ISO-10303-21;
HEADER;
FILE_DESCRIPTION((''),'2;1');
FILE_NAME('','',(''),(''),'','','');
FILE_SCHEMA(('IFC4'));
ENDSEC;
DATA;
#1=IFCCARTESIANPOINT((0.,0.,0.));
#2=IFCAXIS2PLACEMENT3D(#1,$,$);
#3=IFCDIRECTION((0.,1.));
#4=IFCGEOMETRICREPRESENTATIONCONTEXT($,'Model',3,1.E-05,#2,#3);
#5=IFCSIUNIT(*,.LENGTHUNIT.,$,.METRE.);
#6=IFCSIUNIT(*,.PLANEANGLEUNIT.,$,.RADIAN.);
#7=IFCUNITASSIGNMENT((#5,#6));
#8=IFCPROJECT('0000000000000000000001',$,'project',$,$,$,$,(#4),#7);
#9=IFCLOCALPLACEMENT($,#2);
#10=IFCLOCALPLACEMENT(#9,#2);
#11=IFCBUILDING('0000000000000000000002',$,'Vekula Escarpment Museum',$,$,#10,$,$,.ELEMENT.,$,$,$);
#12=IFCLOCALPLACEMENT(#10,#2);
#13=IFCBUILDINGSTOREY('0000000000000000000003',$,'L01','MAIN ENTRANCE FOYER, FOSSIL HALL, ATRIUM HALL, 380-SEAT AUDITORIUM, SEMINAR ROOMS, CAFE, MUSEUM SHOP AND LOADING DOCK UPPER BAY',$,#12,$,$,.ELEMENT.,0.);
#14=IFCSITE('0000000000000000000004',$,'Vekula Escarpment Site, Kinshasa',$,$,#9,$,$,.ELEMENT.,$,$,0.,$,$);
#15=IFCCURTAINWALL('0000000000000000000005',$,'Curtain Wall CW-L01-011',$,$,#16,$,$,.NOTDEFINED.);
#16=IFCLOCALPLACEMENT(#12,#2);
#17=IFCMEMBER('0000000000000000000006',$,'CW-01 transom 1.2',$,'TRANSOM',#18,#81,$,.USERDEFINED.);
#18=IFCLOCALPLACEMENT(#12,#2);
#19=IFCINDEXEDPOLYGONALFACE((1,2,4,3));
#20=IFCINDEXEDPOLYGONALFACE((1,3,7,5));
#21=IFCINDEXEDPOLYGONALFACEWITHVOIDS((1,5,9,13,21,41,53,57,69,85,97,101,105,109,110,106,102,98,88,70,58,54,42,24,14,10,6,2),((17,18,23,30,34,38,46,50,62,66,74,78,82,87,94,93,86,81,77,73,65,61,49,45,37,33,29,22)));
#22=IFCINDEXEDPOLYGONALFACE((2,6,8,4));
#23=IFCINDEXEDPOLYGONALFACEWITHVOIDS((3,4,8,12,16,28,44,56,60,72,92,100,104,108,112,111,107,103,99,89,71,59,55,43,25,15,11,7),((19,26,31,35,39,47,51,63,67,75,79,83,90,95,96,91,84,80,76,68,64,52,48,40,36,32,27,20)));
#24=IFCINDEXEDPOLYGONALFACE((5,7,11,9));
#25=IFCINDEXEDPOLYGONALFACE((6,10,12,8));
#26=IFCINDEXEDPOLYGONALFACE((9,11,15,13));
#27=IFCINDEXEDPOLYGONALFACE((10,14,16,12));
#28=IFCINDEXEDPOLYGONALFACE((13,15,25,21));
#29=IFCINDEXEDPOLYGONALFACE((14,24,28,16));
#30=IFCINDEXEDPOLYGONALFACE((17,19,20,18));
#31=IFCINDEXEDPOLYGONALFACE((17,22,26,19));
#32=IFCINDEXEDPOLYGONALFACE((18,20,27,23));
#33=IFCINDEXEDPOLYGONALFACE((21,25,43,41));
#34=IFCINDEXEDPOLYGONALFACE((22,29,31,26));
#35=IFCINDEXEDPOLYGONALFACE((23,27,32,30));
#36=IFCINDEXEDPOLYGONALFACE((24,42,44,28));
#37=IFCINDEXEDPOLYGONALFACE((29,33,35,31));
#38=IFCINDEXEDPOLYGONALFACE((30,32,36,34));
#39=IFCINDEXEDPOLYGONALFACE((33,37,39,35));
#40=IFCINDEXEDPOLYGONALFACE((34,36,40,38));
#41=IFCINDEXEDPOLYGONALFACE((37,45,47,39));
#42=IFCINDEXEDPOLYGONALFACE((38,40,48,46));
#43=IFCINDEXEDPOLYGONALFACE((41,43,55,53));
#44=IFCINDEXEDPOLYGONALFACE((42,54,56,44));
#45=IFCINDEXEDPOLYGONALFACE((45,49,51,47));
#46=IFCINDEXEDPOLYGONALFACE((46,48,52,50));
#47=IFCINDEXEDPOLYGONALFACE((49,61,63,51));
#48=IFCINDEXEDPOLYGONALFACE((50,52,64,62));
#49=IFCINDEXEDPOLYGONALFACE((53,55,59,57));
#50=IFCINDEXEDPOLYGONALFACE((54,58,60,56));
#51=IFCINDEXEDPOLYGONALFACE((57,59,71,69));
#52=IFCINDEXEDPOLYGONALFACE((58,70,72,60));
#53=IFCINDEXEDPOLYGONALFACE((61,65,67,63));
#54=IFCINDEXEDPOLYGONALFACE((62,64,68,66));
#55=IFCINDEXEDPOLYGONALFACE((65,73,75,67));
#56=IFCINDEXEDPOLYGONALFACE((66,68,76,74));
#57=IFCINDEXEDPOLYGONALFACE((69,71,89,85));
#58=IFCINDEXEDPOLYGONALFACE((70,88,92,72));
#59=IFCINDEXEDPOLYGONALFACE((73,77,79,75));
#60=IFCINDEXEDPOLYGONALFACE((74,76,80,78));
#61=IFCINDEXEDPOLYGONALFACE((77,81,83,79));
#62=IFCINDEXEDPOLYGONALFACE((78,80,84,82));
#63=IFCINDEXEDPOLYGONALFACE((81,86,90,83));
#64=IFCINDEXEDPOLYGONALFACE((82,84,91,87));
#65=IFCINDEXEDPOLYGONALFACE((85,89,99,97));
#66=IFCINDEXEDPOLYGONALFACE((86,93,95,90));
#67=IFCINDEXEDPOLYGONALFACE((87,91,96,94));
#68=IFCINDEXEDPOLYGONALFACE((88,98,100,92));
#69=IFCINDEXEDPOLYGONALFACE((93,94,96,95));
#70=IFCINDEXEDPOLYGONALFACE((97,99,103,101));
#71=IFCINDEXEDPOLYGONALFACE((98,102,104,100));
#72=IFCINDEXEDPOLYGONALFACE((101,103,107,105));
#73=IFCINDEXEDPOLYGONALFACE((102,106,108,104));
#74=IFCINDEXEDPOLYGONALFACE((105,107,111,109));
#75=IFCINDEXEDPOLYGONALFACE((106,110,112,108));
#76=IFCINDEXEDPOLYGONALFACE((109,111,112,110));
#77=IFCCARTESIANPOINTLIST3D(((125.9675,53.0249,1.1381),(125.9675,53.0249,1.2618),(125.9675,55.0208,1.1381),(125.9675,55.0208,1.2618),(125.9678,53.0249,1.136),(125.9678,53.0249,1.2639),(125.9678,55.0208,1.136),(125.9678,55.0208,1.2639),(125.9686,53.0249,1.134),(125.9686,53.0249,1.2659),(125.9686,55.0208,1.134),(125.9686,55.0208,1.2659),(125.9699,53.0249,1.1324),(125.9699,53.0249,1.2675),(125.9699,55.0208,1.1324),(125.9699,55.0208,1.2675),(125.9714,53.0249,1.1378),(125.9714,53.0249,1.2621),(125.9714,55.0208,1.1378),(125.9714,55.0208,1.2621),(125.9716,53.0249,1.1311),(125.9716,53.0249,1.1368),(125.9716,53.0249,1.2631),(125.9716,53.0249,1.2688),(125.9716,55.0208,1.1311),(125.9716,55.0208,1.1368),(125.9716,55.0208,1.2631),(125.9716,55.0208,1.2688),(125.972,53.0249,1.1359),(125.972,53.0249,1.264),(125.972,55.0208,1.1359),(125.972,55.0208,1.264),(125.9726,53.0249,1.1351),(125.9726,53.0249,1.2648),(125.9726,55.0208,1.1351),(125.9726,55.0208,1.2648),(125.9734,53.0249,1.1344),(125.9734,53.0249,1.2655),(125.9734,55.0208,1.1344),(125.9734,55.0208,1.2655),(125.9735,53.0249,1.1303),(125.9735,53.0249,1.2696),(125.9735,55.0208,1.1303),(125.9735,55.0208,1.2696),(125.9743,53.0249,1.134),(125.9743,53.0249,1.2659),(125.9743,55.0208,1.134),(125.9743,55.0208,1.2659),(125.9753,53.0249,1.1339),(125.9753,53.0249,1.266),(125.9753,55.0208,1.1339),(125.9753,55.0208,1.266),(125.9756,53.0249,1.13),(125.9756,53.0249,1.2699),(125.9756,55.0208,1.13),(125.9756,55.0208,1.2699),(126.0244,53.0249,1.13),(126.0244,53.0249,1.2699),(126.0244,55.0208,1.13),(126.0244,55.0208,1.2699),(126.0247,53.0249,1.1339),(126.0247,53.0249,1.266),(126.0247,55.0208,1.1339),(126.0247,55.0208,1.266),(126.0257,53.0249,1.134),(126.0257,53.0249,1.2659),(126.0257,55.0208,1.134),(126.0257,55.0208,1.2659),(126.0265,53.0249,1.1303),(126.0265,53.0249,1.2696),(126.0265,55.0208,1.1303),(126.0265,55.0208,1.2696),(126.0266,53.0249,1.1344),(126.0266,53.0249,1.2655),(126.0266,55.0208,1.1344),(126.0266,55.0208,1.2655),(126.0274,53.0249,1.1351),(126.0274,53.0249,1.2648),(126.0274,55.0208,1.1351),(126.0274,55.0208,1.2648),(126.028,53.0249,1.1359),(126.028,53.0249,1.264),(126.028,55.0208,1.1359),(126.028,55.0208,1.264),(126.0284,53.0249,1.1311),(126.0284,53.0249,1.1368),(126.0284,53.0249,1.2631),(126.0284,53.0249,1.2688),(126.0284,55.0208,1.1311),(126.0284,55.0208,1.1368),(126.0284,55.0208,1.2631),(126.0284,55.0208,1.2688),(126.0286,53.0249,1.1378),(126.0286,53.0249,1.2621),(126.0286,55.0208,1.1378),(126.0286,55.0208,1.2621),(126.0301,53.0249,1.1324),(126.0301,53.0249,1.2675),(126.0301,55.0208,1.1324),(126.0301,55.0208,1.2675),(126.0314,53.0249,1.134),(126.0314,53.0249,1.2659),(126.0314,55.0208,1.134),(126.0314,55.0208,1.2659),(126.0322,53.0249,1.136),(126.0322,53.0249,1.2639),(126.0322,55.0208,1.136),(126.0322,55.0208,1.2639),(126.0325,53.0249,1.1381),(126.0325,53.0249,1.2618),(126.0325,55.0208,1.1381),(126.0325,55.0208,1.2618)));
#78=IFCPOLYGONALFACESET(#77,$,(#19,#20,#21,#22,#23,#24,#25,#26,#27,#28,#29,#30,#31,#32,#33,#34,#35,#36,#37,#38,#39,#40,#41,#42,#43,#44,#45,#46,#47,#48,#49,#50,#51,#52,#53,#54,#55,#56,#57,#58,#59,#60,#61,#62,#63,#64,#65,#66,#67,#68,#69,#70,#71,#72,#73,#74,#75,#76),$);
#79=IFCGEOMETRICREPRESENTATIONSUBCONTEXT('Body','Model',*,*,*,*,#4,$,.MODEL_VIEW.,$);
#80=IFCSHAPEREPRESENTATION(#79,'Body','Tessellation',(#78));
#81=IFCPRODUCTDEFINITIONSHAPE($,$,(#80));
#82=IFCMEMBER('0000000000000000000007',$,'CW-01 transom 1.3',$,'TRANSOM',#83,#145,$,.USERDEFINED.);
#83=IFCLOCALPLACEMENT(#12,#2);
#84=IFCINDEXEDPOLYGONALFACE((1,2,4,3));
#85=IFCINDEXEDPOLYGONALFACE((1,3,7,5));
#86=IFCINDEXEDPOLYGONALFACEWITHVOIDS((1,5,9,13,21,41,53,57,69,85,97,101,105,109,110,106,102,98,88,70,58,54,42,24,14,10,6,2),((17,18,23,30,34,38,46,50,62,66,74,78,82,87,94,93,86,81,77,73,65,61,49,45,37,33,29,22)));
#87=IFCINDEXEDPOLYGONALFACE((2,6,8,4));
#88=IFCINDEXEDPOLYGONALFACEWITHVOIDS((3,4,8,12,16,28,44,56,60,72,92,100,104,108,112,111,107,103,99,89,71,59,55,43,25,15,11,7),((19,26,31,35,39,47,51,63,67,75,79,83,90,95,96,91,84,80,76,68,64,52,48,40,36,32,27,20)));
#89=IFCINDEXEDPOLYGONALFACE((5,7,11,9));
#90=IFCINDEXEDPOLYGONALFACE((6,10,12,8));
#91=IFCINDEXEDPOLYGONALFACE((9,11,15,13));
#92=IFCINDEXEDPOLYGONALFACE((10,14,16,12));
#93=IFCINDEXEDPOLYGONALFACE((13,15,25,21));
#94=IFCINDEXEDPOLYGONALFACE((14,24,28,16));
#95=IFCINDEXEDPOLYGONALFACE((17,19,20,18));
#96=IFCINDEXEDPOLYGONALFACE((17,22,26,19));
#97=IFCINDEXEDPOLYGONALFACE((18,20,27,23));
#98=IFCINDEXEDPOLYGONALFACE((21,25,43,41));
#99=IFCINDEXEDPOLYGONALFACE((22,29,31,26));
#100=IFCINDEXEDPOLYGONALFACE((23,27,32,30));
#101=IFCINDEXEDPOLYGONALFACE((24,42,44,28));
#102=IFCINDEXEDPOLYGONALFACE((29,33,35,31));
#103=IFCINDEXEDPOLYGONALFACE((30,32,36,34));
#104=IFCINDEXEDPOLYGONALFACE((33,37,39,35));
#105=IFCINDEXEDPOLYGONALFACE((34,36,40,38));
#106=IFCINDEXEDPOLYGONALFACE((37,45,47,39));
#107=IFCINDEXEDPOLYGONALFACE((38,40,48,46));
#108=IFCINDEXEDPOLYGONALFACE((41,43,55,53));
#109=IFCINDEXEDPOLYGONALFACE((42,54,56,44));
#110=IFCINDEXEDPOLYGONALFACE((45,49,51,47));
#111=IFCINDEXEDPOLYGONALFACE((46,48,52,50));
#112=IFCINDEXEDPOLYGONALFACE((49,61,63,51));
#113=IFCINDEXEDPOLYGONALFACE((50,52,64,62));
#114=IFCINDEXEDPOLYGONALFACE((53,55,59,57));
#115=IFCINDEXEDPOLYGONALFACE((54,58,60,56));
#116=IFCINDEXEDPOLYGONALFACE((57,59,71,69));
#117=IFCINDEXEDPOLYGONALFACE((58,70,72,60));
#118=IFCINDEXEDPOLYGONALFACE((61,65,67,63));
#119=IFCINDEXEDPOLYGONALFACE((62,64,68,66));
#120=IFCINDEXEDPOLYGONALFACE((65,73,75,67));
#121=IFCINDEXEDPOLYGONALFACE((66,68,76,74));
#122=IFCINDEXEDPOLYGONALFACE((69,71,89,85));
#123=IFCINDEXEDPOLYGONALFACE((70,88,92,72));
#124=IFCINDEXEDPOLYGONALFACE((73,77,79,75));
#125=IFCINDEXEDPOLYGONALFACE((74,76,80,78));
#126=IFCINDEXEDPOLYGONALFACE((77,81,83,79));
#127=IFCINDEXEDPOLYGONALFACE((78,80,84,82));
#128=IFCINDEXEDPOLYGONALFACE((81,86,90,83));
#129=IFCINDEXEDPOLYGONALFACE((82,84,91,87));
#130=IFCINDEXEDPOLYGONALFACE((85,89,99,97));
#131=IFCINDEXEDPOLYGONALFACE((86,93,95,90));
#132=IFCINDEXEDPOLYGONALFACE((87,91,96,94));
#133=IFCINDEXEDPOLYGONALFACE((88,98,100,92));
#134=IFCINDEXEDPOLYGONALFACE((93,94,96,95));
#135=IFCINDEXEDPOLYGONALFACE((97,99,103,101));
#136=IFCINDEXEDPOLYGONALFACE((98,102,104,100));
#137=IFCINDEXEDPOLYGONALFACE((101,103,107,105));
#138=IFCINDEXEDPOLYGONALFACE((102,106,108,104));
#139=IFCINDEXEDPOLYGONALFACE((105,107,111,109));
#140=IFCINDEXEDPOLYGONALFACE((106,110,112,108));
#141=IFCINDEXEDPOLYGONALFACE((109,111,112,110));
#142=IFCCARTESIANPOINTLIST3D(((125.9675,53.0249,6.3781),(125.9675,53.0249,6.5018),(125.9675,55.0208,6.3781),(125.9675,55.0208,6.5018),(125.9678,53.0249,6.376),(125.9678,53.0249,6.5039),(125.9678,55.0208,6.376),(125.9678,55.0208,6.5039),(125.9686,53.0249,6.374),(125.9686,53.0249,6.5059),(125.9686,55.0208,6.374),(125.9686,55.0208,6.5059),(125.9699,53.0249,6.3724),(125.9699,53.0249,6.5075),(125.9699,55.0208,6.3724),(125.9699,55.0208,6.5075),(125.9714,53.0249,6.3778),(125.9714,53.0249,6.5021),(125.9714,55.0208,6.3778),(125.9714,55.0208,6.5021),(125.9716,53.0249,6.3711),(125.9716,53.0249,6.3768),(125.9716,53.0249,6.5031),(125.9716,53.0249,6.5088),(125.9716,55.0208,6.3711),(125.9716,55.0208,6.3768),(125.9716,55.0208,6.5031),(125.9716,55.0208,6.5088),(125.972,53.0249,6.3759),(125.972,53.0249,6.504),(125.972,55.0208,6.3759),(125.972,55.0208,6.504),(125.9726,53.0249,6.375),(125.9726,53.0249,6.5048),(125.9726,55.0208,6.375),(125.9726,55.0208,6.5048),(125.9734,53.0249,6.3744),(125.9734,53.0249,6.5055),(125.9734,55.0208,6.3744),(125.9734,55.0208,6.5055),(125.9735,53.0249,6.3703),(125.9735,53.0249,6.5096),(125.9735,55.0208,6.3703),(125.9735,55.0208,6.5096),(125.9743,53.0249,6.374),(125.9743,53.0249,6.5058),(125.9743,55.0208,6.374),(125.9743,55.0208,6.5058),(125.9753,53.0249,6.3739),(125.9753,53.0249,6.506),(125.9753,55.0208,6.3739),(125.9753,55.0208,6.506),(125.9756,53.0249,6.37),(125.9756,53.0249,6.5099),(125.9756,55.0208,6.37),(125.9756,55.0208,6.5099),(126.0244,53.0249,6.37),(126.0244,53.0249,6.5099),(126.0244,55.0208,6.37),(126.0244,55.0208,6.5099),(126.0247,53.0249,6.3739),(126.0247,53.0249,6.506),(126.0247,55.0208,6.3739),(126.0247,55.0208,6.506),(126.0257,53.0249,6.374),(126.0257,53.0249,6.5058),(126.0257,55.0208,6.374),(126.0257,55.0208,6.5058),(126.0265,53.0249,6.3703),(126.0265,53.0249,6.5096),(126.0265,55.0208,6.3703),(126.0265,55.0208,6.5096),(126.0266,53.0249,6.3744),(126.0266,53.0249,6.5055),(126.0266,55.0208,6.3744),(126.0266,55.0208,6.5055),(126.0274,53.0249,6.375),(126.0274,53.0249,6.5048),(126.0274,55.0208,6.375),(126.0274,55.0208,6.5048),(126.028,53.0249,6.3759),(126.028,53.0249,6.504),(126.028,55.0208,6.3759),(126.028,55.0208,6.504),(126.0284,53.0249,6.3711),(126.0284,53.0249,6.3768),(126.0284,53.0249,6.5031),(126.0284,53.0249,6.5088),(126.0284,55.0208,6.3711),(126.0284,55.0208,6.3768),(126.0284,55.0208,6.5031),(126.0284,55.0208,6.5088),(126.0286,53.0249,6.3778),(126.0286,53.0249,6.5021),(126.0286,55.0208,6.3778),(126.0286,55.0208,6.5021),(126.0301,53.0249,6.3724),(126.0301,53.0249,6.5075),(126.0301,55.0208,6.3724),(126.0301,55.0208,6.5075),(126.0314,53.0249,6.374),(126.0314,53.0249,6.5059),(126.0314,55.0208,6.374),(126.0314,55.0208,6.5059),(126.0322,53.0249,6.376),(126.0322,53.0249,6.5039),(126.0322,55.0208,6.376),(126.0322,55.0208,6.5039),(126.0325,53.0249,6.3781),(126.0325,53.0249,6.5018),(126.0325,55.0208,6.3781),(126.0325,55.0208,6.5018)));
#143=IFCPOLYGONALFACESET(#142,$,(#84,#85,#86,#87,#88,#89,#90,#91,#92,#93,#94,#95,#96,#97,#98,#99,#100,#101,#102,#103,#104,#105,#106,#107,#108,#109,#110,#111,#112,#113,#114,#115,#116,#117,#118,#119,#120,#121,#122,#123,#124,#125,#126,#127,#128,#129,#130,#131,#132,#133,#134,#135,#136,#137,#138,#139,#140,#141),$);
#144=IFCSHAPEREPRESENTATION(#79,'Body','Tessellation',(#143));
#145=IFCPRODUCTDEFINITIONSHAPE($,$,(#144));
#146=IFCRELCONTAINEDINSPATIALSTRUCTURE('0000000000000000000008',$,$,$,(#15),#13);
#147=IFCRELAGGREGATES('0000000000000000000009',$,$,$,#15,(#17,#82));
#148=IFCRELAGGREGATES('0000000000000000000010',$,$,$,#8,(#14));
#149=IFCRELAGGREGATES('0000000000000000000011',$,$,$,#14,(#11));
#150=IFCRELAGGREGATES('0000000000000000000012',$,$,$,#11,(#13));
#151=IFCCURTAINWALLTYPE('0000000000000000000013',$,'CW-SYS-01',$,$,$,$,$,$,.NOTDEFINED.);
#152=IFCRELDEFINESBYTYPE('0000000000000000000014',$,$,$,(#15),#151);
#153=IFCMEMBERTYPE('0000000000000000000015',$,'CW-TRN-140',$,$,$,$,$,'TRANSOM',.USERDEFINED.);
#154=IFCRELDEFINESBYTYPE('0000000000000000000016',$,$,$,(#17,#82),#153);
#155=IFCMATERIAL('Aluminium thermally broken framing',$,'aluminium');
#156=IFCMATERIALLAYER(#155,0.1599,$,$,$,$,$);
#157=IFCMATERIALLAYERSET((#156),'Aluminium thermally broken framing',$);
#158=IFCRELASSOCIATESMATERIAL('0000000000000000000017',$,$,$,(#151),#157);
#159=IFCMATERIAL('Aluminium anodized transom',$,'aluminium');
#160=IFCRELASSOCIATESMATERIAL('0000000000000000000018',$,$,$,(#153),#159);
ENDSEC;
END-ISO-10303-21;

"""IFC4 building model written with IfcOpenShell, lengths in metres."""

from ifc_helpers import new_model, si_unit, direction, frame, origin, origin_2d, place, context, subcontext, project, spatial, hollow_rectangle, extrude, material, layer, layer_set, material_profile, profile_set, type_object, element, aggregate, save


model = new_model("IFC4")

# Units and contexts
model_context = context("Model", 3, precision=1e-05, world=origin(), true_north=direction((0.0, 1.0)))
body_context = subcontext(model_context, "Body", "Model", "MODEL_VIEW")
ifc_project = project(units=[si_unit("LENGTHUNIT", "METRE"), si_unit("PLANEANGLEUNIT", "RADIAN")], contexts=[model_context])

# Site, building, storey
site_placement = place(None, origin())
site = spatial("IfcSite", under=ifc_project, at=site_placement, Name="Vekula Escarpment Site, Kinshasa", CompositionType="ELEMENT", RefElevation=0.0)
building_placement = place(site_placement, origin())
building = spatial("IfcBuilding", under=site, at=building_placement, Name="Vekula Escarpment Museum", CompositionType="ELEMENT")
storey_placement = place(building_placement, origin())
storey = spatial("IfcBuildingStorey", under=building, at=storey_placement, Name="L01", Description="MAIN ENTRANCE FOYER, FOSSIL HALL, ATRIUM HALL, 380-SEAT AUDITORIUM, SEMINAR ROOMS, CAFE, MUSEUM SHOP AND LOADING DOCK UPPER BAY", CompositionType="ELEMENT", Elevation=0.0)

# Curtain wall
ifc_material_1 = material(Name="Aluminium thermally broken framing", Category="aluminium")
ifc_layer_1 = layer(ifc_material_1, 0.1599)
ifc_layer_set_1 = layer_set([ifc_layer_1], Name="Aluminium thermally broken framing")
curtain_wall_type_1 = type_object("IfcCurtainWallType", Name="CW-SYS-01", PredefinedType="NOTDEFINED", material=ifc_layer_set_1)
curtain_wall_1_placement = place(storey_placement, origin())
curtain_wall_1 = element("IfcCurtainWall", 1, at=curtain_wall_1_placement, inside=storey, type_object=curtain_wall_type_1, Name="Curtain Wall CW-L01-011", PredefinedType="NOTDEFINED")

# Members
ifc_material_2 = material(Name="Aluminium anodized transom", Category="aluminium")
ifc_material_profile_1 = material_profile(ifc_material_2, hollow_rectangle(XDim=0.0649, YDim=0.1399, WallThickness=0.0039, InnerFilletRadius=0.0039, OuterFilletRadius=0.0081, at=origin_2d()), Name="ALU 140x65x4")
ifc_profile_set_1 = profile_set([ifc_material_profile_1], Name="Aluminium anodized transom")
member_type_1 = type_object("IfcMemberType", Name="CW-TRN-140", ElementType="TRANSOM", PredefinedType="USERDEFINED", material=ifc_profile_set_1)
member_1_placement = place(storey_placement, frame((126.0, 53.0249, 1.2), z_axis=(0.0, 1.0, 0.0), x_axis=(-1.0, 0.0, 0.0)))
member_1 = element("IfcMember", 2, at=member_1_placement, type_object=member_type_1, Name="CW-01 transom 1.2", ObjectType="TRANSOM", PredefinedType="USERDEFINED", context=body_context, shape_type="SweptSolid", body=[
    extrude(hollow_rectangle(XDim=0.0649, YDim=0.1399, WallThickness=0.0039, InnerFilletRadius=0.0039, OuterFilletRadius=0.0081, at=origin_2d()), origin(), (0.0, 0.0, 1.0), 1.9958),
])
member_2_placement = place(storey_placement, frame((126.0, 53.0249, 6.4399), z_axis=(0.0, 1.0, 0.0), x_axis=(-1.0, 0.0, 0.0)))
member_2 = element("IfcMember", 3, at=member_2_placement, type_object=member_type_1, Name="CW-01 transom 1.3", ObjectType="TRANSOM", PredefinedType="USERDEFINED", context=body_context, shape_type="SweptSolid", body=[
    extrude(hollow_rectangle(XDim=0.0649, YDim=0.1399, WallThickness=0.0039, InnerFilletRadius=0.0039, OuterFilletRadius=0.0081, at=origin_2d()), origin(), (0.0, 0.0, 1.0), 1.9958),
])

aggregate(curtain_wall_1, [member_1, member_2])

save(model, "model.ifc")
